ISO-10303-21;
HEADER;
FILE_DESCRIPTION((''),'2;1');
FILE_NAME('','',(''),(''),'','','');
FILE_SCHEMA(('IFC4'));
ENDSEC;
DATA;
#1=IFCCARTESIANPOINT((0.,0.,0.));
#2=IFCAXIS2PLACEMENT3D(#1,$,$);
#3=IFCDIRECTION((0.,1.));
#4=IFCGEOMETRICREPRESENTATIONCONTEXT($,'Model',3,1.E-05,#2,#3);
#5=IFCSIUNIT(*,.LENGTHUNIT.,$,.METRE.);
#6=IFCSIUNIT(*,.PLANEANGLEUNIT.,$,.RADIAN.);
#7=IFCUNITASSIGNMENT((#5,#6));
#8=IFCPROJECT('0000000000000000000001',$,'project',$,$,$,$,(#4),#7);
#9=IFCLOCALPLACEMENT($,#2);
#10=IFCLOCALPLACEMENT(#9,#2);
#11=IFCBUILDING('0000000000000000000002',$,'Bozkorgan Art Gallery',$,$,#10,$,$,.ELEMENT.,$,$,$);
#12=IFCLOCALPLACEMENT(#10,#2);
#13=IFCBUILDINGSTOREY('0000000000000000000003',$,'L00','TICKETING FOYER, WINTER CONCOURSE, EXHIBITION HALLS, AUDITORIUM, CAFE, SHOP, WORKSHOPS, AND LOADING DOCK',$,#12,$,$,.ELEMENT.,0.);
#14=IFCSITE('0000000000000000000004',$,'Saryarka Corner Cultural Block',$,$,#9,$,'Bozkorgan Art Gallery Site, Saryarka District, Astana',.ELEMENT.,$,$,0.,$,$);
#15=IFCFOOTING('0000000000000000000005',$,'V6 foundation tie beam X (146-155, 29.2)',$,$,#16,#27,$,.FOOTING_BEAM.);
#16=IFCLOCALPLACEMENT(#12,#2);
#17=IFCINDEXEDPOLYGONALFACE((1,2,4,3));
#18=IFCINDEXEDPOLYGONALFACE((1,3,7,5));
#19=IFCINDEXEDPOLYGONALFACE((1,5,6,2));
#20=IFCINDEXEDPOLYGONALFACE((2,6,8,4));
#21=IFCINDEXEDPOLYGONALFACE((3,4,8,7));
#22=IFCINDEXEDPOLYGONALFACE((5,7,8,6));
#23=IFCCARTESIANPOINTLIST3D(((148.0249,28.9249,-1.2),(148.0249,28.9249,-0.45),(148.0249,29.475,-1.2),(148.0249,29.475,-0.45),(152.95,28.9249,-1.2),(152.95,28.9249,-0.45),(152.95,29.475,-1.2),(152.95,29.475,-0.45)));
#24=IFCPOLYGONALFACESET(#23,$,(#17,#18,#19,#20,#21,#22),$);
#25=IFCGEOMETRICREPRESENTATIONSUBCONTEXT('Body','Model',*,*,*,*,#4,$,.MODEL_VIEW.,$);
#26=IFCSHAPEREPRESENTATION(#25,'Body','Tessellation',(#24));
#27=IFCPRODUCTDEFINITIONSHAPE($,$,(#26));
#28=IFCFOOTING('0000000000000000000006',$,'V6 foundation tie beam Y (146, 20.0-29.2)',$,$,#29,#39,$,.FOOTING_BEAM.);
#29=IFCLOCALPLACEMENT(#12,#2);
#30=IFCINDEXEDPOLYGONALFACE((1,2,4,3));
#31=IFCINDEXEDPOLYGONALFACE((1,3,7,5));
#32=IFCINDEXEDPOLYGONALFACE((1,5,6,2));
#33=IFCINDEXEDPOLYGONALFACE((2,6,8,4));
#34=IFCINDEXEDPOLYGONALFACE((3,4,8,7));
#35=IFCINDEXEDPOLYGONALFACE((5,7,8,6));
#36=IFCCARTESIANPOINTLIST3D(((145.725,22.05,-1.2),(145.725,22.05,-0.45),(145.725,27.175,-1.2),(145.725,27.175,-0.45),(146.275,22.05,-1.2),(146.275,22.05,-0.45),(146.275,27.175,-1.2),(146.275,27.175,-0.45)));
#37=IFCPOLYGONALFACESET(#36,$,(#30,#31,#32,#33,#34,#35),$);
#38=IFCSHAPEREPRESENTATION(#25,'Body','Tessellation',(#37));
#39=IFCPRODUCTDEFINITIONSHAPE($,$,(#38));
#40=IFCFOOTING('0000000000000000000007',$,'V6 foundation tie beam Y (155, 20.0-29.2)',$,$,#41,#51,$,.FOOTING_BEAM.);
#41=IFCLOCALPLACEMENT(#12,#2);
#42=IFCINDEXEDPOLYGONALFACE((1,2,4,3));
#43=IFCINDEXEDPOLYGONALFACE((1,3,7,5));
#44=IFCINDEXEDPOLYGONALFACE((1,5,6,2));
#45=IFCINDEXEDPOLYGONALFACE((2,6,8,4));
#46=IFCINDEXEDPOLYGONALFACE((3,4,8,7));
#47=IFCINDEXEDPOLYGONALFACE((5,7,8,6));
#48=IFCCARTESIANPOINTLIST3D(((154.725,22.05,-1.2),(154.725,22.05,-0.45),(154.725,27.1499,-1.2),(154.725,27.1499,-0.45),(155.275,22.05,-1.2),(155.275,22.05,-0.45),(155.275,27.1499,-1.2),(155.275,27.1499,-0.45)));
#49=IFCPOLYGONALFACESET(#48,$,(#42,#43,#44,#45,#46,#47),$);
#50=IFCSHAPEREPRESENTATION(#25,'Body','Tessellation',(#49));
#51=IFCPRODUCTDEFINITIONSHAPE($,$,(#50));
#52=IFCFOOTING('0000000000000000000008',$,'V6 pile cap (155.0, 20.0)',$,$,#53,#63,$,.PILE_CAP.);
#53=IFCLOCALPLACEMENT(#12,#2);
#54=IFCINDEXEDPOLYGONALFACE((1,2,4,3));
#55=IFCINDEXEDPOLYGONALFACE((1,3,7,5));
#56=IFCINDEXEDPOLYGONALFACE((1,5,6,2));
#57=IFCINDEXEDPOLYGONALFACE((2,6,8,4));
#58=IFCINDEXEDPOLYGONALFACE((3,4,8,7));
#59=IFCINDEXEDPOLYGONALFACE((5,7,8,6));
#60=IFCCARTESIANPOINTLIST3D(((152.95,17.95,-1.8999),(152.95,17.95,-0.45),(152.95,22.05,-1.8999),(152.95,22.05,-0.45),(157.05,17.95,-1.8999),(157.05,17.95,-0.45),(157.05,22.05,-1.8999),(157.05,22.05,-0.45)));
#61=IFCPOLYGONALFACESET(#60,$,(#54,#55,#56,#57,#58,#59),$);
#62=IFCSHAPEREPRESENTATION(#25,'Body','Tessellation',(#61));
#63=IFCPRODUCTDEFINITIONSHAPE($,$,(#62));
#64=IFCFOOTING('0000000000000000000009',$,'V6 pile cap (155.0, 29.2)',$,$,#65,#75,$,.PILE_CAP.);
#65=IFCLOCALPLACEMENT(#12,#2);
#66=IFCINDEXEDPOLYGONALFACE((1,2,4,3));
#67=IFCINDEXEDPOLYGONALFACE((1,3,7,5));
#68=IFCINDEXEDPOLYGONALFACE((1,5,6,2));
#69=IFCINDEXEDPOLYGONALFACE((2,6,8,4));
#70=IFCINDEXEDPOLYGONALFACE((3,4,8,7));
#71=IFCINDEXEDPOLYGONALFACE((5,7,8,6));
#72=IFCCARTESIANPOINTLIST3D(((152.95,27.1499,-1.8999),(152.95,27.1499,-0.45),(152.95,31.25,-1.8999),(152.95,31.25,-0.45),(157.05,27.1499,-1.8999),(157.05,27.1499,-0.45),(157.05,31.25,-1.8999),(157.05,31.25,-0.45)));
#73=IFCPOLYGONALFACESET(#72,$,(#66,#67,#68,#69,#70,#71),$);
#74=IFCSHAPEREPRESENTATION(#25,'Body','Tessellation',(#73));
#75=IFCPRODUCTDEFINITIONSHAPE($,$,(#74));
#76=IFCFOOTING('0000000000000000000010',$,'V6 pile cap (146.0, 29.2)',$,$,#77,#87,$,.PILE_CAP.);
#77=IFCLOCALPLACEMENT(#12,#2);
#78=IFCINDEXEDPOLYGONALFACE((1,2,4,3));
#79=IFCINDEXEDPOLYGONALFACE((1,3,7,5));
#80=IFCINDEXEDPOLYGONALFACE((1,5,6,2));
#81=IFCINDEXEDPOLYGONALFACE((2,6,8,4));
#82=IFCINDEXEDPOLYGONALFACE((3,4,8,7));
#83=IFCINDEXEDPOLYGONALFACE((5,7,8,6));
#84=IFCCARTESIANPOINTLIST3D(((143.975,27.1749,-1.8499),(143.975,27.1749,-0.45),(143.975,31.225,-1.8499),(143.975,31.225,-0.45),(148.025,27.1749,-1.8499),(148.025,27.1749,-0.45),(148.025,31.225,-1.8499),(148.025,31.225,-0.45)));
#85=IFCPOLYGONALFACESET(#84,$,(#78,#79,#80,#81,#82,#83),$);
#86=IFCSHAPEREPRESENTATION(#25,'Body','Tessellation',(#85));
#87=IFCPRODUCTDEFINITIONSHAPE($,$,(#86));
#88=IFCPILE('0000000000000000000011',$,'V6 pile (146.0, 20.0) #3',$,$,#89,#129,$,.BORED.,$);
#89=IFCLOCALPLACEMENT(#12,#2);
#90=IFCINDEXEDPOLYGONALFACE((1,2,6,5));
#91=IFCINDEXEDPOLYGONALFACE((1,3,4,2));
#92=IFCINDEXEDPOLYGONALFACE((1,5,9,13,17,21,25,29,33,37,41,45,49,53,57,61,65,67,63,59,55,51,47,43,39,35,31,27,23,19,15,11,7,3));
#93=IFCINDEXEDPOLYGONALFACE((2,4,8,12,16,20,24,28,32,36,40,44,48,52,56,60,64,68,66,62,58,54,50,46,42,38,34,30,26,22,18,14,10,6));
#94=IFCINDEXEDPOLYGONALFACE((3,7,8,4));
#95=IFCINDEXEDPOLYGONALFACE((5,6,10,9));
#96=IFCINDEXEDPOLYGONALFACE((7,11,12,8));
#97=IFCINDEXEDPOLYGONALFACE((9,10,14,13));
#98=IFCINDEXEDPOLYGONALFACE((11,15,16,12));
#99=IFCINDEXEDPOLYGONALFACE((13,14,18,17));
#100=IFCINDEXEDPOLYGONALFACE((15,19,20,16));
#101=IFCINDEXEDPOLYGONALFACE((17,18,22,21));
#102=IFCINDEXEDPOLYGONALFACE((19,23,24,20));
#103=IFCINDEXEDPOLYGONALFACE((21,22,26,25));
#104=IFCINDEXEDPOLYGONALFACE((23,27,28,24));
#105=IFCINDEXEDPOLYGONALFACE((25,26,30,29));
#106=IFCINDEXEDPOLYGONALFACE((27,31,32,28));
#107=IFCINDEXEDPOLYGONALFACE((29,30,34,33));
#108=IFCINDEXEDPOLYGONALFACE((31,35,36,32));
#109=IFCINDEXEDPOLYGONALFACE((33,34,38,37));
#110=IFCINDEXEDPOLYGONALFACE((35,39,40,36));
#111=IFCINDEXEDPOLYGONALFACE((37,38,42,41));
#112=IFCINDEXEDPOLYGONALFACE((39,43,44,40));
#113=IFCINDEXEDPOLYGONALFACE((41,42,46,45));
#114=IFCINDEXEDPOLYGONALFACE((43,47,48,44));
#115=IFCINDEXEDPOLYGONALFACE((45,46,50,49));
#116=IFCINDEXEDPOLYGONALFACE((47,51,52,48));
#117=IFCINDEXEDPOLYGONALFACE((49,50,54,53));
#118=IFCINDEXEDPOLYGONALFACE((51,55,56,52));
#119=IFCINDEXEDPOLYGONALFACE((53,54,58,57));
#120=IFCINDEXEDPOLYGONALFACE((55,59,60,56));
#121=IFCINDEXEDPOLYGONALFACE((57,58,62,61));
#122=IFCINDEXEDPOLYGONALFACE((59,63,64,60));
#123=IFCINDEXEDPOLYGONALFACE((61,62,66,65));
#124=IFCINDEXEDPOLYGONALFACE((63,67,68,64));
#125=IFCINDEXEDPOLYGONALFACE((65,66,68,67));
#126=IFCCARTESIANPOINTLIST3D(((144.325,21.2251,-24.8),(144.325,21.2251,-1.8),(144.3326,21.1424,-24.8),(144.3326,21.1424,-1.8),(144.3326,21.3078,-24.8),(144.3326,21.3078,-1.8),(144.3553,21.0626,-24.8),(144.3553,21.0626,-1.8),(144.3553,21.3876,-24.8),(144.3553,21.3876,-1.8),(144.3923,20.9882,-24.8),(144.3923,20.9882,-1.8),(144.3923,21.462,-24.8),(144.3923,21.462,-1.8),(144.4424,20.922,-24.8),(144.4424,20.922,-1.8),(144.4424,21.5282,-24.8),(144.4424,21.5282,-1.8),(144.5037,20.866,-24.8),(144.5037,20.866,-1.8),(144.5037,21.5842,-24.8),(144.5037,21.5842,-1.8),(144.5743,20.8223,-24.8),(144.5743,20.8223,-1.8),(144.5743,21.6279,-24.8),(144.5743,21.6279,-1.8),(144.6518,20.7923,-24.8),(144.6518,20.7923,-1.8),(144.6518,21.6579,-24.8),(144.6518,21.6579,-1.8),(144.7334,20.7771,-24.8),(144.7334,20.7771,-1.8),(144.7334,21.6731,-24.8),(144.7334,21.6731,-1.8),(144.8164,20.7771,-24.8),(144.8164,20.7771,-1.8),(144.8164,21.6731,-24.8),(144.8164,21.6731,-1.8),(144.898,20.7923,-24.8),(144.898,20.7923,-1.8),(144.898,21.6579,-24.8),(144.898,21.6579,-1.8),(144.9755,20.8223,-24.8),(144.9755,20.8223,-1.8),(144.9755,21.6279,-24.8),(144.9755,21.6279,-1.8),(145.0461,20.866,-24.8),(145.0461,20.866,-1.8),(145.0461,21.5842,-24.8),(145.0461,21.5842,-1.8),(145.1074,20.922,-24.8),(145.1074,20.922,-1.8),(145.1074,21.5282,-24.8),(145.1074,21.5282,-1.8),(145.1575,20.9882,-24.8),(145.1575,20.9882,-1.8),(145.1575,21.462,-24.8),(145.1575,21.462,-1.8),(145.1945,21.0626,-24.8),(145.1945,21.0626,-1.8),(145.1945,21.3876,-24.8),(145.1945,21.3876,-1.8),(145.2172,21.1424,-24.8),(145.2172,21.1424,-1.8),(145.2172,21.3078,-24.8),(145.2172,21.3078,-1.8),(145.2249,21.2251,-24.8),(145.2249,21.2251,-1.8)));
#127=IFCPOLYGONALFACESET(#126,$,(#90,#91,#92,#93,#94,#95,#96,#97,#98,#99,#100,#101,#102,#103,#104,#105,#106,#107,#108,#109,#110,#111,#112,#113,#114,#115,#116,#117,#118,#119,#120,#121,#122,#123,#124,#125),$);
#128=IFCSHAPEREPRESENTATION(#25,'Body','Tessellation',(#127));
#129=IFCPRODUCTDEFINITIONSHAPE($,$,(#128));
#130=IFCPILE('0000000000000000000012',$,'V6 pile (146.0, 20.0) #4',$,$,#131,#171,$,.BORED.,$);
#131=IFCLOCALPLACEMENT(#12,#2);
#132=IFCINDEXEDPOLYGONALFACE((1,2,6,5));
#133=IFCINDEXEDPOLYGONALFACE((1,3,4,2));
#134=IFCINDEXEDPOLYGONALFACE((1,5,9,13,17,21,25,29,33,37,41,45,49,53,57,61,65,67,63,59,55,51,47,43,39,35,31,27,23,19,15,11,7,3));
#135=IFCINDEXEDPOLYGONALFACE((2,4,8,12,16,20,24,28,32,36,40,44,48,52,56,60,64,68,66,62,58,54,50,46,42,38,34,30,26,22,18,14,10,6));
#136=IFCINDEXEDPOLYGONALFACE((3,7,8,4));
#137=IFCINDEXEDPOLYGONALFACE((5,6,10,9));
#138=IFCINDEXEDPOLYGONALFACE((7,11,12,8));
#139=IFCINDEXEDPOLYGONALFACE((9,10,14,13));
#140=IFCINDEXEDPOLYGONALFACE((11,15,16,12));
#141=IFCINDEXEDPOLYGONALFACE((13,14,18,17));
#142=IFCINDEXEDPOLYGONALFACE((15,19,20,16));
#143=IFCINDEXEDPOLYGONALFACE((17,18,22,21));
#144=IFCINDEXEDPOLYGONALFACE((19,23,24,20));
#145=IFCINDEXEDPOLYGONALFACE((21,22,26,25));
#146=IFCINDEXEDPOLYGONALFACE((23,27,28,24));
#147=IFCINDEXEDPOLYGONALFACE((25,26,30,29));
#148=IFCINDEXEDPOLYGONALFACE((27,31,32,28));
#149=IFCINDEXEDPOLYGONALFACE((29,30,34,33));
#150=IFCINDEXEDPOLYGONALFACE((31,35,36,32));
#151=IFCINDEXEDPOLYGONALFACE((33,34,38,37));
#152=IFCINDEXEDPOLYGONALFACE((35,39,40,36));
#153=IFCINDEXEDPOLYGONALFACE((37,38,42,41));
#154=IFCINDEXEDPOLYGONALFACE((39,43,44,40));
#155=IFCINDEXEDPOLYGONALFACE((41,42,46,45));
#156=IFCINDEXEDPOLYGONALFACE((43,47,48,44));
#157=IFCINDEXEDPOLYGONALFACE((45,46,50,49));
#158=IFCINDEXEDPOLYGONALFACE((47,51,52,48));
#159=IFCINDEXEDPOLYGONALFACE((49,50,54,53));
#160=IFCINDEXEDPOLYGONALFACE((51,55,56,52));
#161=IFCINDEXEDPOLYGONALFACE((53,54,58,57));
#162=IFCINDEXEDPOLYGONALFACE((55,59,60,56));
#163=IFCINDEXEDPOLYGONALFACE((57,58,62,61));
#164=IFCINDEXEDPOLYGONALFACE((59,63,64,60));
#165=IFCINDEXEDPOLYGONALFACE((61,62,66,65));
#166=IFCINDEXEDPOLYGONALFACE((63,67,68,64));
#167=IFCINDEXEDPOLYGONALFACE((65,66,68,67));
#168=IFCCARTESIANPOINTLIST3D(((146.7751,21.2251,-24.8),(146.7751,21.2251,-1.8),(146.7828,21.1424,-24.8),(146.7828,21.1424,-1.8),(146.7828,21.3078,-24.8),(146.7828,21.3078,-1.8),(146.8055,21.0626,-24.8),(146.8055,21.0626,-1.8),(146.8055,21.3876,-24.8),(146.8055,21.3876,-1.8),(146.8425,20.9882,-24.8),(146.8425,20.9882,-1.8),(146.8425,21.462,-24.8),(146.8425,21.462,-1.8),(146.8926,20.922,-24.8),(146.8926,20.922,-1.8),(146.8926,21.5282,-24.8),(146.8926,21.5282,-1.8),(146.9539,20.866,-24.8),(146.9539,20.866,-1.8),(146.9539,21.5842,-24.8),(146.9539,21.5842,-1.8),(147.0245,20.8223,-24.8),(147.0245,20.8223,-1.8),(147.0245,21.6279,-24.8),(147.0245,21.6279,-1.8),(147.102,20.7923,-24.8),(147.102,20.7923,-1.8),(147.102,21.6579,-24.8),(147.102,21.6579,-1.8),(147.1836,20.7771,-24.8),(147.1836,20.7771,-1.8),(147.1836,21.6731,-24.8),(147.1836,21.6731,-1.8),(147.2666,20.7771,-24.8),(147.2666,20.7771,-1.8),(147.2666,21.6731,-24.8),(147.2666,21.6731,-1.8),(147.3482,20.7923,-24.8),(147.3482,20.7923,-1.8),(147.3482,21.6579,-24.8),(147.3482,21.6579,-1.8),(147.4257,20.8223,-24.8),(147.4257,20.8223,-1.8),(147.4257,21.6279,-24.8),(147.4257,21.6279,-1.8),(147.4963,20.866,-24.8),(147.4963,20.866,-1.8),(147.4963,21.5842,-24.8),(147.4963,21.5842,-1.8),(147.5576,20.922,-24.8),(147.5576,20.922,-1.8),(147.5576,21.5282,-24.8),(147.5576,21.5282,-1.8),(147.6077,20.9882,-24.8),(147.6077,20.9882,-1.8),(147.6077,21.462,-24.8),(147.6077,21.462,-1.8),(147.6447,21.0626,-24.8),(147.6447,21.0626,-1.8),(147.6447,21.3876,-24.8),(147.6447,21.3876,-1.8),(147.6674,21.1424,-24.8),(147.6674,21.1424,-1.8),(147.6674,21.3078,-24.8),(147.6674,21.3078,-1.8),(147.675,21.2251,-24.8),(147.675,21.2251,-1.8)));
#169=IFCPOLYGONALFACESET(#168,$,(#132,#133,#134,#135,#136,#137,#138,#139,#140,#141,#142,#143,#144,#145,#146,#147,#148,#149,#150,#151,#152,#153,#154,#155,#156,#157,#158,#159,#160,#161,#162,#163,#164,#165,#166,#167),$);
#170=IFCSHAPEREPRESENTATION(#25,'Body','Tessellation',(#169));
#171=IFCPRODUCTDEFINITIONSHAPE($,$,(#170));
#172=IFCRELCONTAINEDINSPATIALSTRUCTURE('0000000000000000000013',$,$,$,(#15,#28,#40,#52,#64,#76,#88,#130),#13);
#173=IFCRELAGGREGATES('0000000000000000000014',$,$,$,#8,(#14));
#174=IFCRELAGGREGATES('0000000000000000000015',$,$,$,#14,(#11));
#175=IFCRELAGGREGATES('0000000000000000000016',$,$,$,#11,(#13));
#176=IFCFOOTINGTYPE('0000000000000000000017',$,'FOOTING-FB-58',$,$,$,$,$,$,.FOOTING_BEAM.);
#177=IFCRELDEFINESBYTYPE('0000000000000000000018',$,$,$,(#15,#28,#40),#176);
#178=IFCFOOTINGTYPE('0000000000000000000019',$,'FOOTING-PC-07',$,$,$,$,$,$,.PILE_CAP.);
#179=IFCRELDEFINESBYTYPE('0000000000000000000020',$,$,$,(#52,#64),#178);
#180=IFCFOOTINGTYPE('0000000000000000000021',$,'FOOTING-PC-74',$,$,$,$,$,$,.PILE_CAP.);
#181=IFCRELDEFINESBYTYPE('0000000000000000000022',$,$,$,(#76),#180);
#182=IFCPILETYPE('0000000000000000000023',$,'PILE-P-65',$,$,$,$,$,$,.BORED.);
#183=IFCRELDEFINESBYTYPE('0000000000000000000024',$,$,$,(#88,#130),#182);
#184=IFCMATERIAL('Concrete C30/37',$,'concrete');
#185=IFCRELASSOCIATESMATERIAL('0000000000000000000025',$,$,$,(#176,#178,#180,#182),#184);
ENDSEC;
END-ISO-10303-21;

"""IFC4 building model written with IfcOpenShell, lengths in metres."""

from ifc_helpers import new_model, si_unit, direction, frame, origin, origin_2d, place, context, subcontext, project, spatial, rectangle, circle, extrude, material, material_profile, profile_set, type_object, element, save


model = new_model("IFC4")

# Units and contexts
model_context = context("Model", 3, precision=1e-05, world=origin(), true_north=direction((0.0, 1.0)))
body_context = subcontext(model_context, "Body", "Model", "MODEL_VIEW")
ifc_project = project(units=[si_unit("LENGTHUNIT", "METRE"), si_unit("PLANEANGLEUNIT", "RADIAN")], contexts=[model_context])

# Site, building, storey
site_placement = place(None, origin())
site = spatial("IfcSite", under=ifc_project, at=site_placement, Name="Saryarka Corner Cultural Block", LongName="Bozkorgan Art Gallery Site, Saryarka District, Astana", CompositionType="ELEMENT", RefElevation=0.0)
building_placement = place(site_placement, origin())
building = spatial("IfcBuilding", under=site, at=building_placement, Name="Bozkorgan Art Gallery", CompositionType="ELEMENT")
storey_placement = place(building_placement, origin())
storey = spatial("IfcBuildingStorey", under=building, at=storey_placement, Name="L00", Description="TICKETING FOYER, WINTER CONCOURSE, EXHIBITION HALLS, AUDITORIUM, CAFE, SHOP, WORKSHOPS, AND LOADING DOCK", CompositionType="ELEMENT", Elevation=0.0)

# Footings
ifc_material_1 = material(Name="Concrete C30/37", Category="concrete")
ifc_material_profile_1 = material_profile(ifc_material_1, rectangle(XDim=0.55, YDim=0.75, at=origin_2d()), Name="FND 550x750")
ifc_profile_set_1 = profile_set([ifc_material_profile_1], Name="Concrete C30/37")
footing_type_1 = type_object("IfcFootingType", Name="FOOTING-FB-58", PredefinedType="FOOTING_BEAM", material=ifc_profile_set_1)
footing_1_placement = place(storey_placement, frame((148.0249, 29.2, -0.825), z_axis=(1.0, 0.0, 0.0), x_axis=(0.0, 1.0, 0.0)))
element("IfcFooting", 1, at=footing_1_placement, inside=storey, type_object=footing_type_1, Name="V6 foundation tie beam X (146-155, 29.2)", PredefinedType="FOOTING_BEAM", context=body_context, shape_type="SweptSolid", body=[
    extrude(rectangle(XDim=0.55, YDim=0.75, at=origin_2d()), origin(), (0.0, 0.0, 1.0), 4.925),
])
footing_2_placement = place(storey_placement, frame((146.0, 22.05, -0.825), z_axis=(0.0, 1.0, 0.0), x_axis=(-1.0, 0.0, 0.0)))
element("IfcFooting", 2, at=footing_2_placement, inside=storey, type_object=footing_type_1, Name="V6 foundation tie beam Y (146, 20.0-29.2)", PredefinedType="FOOTING_BEAM", context=body_context, shape_type="SweptSolid", body=[
    extrude(rectangle(XDim=0.55, YDim=0.75, at=origin_2d()), origin(), (0.0, 0.0, 1.0), 5.125),
])
footing_3_placement = place(storey_placement, frame((155.0, 22.05, -0.825), z_axis=(0.0, 1.0, 0.0), x_axis=(-1.0, 0.0, 0.0)))
element("IfcFooting", 3, at=footing_3_placement, inside=storey, type_object=footing_type_1, Name="V6 foundation tie beam Y (155, 20.0-29.2)", PredefinedType="FOOTING_BEAM", context=body_context, shape_type="SweptSolid", body=[
    extrude(rectangle(XDim=0.55, YDim=0.75, at=origin_2d()), origin(), (0.0, 0.0, 1.0), 5.0999),
])
footing_type_2 = type_object("IfcFootingType", Name="FOOTING-PC-07", PredefinedType="PILE_CAP", material=ifc_material_1)
for number, where, z_axis, x_axis, name in (
    (4, (155.0, 20.0, -1.8999), (0.0, 0.0, 1.0), (1.0, 0.0, 0.0), "V6 pile cap (155.0, 20.0)"),
    (5, (155.0, 29.2, -1.8999), (0.0, 0.0, 1.0), (1.0, 0.0, 0.0), "V6 pile cap (155.0, 29.2)"),
):
    element("IfcFooting", number, at=place(storey_placement, frame(where, z_axis=z_axis, x_axis=x_axis)), inside=storey, type_object=footing_type_2, Name=name, PredefinedType="PILE_CAP", context=body_context, shape_type="SweptSolid", body=[
        extrude(rectangle(XDim=4.1001, YDim=4.1001, at=origin_2d()), origin(), (0.0, 0.0, 1.0), 1.45),
    ])
footing_type_3 = type_object("IfcFootingType", Name="FOOTING-PC-74", PredefinedType="PILE_CAP", material=ifc_material_1)
footing_4_placement = place(storey_placement, frame((146.0, 29.2, -1.8499), z_axis=(0.0, 0.0, 1.0), x_axis=(1.0, 0.0, 0.0)))
element("IfcFooting", 6, at=footing_4_placement, inside=storey, type_object=footing_type_3, Name="V6 pile cap (146.0, 29.2)", PredefinedType="PILE_CAP", context=body_context, shape_type="SweptSolid", body=[
    extrude(rectangle(XDim=4.05, YDim=4.05, at=origin_2d()), origin(), (0.0, 0.0, 1.0), 1.3999),
])

# Piles
ifc_material_profile_2 = material_profile(ifc_material_1, circle(Radius=0.45, at=origin_2d()), Name="PILE D900")
ifc_profile_set_2 = profile_set([ifc_material_profile_2], Name="Concrete C30/37")
pile_type = type_object("IfcPileType", Name="PILE-P-65", PredefinedType="BORED", material=ifc_profile_set_2)
for number, where, z_axis, x_axis, name in (
    (7, (144.7749, 21.2251, -1.8), (0.0, 0.0, -1.0), (1.0, 0.0, 0.0), "V6 pile (146.0, 20.0) #3"),
    (8, (147.2251, 21.2251, -1.8), (0.0, 0.0, -1.0), (1.0, 0.0, 0.0), "V6 pile (146.0, 20.0) #4"),
):
    element("IfcPile", number, at=place(storey_placement, frame(where, z_axis=z_axis, x_axis=x_axis)), inside=storey, type_object=pile_type, Name=name, PredefinedType="BORED", context=body_context, shape_type="SweptSolid", body=[
        extrude(circle(Radius=0.45, at=origin_2d()), origin(), (0.0, 0.0, 1.0), 23.0),
    ])

save(model, "model.ifc")
